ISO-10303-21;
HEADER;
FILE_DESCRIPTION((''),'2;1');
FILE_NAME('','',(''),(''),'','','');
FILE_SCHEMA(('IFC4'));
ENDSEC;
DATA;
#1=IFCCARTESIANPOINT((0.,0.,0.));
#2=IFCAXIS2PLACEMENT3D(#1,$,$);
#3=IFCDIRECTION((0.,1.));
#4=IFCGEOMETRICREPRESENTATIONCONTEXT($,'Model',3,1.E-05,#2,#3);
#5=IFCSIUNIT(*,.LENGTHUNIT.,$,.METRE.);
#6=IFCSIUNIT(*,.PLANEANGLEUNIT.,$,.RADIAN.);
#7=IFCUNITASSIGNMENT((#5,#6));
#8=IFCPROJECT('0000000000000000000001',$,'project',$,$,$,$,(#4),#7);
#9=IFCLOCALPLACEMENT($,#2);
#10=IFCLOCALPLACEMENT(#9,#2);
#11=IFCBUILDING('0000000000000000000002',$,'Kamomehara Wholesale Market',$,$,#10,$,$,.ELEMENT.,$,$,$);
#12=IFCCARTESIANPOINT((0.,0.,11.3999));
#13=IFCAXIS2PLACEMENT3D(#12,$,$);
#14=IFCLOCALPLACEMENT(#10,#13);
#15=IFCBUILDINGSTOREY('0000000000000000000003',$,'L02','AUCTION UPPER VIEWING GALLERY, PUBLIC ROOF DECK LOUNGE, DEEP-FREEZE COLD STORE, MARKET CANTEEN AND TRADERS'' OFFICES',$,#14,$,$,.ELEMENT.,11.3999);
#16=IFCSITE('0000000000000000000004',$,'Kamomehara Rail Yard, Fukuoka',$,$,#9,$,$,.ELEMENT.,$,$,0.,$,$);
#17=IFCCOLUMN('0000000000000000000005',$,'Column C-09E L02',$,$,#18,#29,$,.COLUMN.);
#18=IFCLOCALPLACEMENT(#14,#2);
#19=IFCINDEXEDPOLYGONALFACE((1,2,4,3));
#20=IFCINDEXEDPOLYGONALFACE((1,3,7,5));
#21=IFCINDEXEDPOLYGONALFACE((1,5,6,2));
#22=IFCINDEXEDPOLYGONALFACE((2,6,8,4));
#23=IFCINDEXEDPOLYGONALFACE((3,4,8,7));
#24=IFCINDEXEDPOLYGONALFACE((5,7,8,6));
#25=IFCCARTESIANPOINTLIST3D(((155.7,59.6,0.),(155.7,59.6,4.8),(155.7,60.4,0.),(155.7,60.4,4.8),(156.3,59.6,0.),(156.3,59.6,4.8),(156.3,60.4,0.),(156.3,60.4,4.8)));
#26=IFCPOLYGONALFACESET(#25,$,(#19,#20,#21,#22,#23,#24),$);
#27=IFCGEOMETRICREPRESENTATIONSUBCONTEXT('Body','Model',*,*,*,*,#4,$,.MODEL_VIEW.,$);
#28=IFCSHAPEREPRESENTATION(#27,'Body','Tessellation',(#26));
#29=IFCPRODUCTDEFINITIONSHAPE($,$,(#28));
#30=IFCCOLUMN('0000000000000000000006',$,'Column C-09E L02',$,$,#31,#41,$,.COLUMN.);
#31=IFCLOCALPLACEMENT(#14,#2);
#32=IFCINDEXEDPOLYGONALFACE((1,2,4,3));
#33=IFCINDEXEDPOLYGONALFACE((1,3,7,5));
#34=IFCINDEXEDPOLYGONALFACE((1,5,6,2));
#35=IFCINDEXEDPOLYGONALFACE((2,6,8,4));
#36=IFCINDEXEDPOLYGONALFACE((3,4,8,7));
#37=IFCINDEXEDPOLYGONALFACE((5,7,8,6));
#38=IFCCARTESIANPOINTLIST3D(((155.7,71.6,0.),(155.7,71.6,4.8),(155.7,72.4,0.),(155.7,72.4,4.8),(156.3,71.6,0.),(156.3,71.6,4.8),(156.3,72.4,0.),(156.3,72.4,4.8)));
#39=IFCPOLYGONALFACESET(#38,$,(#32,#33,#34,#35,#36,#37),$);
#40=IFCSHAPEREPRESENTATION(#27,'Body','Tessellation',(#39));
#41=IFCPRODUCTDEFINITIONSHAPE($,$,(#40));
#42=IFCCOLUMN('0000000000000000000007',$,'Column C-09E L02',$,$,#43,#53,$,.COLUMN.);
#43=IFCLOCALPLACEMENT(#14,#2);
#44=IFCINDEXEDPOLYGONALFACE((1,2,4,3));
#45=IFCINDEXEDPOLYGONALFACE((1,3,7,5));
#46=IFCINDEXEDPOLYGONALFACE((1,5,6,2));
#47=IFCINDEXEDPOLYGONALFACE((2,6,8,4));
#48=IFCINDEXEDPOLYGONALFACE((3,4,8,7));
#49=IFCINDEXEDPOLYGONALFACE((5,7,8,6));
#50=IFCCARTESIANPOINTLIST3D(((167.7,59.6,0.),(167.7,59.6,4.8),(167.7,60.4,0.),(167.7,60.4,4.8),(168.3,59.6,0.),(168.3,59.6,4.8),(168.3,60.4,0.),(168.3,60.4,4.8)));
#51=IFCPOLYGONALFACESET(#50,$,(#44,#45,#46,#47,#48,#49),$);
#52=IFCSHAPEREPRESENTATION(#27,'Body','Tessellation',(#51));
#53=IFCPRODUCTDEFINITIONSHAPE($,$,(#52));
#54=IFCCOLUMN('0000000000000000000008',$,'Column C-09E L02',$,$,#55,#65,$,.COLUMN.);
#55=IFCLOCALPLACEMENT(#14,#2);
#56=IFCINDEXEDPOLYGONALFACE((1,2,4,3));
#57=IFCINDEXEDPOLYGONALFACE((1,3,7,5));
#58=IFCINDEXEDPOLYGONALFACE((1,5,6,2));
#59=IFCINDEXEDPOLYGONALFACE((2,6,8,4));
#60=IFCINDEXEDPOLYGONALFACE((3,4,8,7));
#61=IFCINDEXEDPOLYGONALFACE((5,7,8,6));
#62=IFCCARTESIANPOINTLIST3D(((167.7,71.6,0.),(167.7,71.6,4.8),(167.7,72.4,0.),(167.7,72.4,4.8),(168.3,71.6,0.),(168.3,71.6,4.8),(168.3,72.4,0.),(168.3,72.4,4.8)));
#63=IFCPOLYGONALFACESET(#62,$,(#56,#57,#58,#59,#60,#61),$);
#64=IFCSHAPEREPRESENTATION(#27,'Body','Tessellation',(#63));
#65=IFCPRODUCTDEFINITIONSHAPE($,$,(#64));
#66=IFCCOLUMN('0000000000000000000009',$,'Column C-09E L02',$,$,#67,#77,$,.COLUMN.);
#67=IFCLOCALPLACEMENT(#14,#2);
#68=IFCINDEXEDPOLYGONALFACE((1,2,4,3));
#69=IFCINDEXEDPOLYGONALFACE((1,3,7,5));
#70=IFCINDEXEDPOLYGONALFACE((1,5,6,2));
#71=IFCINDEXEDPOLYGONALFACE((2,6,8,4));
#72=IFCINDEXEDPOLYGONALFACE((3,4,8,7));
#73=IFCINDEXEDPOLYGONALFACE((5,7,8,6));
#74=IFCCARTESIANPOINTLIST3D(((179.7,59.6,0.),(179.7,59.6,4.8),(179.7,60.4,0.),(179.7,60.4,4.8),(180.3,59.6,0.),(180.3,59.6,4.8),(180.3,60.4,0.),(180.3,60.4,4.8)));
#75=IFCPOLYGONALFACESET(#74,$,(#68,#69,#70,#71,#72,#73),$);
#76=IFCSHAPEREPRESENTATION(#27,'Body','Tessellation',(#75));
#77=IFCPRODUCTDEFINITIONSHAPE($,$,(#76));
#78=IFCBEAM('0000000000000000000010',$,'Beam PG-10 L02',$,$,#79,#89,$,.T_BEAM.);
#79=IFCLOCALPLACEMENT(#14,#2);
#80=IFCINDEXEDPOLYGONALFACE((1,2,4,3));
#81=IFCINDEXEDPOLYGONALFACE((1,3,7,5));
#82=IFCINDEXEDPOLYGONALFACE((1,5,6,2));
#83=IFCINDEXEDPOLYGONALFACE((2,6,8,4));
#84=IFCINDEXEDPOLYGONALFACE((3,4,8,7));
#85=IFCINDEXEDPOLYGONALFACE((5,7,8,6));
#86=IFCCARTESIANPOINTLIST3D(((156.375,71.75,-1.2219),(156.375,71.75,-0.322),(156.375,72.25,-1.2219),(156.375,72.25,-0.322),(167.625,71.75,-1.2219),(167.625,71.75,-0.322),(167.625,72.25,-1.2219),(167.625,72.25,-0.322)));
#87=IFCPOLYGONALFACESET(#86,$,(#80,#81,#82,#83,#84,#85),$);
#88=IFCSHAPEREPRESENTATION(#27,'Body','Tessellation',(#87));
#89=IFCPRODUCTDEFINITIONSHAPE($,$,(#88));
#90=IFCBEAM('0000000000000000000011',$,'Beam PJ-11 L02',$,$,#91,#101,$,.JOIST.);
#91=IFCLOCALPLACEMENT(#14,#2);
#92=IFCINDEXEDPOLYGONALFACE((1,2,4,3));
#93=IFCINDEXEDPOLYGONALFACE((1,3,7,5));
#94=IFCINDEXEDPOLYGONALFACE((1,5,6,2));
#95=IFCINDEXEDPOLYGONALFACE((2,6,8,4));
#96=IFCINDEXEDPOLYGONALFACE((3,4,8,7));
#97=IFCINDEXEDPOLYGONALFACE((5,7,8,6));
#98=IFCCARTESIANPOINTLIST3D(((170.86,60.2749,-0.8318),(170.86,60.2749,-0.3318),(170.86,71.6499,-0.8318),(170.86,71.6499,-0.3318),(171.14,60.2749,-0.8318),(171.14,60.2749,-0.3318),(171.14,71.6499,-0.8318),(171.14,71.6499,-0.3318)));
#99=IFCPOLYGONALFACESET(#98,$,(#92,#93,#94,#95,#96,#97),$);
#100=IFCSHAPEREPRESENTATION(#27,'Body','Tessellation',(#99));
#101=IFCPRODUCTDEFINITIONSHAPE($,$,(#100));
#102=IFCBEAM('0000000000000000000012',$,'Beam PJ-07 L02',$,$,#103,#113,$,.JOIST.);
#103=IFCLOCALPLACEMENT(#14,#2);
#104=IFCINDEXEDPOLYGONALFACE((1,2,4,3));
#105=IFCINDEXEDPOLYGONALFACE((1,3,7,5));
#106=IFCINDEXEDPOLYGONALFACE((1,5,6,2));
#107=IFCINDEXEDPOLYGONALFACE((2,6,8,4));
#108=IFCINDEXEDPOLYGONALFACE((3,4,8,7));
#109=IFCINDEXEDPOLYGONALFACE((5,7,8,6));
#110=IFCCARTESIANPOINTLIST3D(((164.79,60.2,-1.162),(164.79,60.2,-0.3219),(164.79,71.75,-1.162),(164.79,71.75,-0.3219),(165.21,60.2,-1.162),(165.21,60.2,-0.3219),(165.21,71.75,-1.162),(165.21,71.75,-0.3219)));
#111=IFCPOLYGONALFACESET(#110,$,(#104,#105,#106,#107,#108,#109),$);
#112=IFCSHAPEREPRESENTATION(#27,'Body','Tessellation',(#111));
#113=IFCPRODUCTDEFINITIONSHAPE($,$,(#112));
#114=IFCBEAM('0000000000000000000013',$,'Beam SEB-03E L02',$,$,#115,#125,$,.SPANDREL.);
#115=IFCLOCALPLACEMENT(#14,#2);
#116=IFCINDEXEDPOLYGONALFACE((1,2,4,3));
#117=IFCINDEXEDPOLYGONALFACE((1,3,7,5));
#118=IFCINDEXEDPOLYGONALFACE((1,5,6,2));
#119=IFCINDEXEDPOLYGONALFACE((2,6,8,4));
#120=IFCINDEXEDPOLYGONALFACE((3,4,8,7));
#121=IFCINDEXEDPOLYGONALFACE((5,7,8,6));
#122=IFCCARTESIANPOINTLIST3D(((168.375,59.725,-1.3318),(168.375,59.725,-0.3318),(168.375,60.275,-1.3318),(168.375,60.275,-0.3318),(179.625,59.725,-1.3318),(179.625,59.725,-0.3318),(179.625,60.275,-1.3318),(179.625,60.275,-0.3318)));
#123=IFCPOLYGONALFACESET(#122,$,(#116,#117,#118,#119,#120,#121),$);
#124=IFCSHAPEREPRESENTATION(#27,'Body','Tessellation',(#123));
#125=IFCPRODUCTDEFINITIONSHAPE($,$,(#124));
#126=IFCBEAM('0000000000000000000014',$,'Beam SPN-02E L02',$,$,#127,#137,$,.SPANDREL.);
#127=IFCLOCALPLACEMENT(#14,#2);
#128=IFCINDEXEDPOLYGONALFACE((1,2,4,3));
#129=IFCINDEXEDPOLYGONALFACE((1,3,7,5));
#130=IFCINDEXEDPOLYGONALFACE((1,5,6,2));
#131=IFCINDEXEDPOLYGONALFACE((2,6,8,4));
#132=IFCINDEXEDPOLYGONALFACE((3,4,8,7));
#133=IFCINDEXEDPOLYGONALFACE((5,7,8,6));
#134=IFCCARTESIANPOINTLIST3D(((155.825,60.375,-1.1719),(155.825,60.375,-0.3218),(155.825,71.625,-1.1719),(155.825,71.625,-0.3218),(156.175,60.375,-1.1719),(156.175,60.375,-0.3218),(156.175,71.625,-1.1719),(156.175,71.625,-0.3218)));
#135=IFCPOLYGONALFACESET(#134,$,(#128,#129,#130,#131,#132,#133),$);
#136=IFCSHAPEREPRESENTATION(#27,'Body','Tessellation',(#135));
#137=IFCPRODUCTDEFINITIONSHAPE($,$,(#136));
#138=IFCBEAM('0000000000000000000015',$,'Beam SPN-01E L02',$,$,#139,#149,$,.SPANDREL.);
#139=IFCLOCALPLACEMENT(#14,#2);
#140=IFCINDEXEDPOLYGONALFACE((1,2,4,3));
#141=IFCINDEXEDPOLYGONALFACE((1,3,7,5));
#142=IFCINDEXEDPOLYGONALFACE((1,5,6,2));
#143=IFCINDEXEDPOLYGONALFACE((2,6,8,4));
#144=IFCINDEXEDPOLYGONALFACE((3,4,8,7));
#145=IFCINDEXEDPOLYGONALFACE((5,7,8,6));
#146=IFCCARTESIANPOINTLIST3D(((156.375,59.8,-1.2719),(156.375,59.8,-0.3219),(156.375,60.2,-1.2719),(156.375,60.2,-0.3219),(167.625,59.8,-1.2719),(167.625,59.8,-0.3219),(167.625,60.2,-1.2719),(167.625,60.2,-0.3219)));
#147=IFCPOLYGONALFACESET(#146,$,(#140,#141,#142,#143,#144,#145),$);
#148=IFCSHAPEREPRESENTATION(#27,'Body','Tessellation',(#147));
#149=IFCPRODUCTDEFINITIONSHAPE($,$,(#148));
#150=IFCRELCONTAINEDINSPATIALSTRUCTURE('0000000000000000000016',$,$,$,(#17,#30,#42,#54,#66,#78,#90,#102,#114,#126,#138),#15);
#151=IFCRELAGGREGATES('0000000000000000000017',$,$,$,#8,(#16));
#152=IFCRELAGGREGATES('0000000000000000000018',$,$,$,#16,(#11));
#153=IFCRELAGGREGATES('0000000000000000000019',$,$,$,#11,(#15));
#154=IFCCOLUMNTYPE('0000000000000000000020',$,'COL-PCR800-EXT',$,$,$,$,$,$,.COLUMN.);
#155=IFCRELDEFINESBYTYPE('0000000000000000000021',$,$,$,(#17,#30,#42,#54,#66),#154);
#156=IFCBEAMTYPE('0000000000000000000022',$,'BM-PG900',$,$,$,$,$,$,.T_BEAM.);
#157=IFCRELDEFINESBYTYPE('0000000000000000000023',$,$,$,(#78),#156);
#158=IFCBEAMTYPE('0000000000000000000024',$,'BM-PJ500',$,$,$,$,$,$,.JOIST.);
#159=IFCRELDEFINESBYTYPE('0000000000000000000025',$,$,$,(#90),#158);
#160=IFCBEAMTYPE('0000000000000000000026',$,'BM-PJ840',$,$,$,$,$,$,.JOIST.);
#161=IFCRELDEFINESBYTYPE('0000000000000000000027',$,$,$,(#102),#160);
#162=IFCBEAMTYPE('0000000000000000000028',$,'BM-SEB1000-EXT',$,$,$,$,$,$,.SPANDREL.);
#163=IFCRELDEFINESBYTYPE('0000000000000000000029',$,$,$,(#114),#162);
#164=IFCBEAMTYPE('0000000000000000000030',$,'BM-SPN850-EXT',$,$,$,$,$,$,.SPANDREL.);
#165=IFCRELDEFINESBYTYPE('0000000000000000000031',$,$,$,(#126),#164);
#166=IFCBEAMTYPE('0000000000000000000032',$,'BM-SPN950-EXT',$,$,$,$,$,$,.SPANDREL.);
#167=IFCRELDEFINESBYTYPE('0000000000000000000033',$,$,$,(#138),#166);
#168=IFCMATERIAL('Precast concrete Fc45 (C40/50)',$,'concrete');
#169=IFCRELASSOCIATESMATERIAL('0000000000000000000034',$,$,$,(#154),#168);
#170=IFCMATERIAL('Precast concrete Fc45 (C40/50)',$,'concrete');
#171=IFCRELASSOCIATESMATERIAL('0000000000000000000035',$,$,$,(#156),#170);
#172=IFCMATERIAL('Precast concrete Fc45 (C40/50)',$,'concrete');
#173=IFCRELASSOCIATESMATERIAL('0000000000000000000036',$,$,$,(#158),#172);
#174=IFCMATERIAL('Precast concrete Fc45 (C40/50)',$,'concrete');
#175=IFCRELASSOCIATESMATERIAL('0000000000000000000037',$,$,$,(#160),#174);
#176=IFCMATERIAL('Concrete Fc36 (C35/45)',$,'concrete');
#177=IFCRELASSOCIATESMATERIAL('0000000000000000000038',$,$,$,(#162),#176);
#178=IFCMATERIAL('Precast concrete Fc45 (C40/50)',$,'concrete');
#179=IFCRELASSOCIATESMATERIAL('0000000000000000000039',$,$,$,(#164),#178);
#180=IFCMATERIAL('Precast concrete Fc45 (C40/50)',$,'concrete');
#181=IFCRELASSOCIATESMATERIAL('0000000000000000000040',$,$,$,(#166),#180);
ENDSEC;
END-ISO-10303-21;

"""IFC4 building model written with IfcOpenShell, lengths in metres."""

from ifc_helpers import new_model, si_unit, direction, frame, origin, origin_2d, place, context, subcontext, project, spatial, rectangle, extrude, material, material_profile, profile_set, type_object, element, save


model = new_model("IFC4")

# Units and contexts
model_context = context("Model", 3, precision=1e-05, world=origin(), true_north=direction((0.0, 1.0)))
body_context = subcontext(model_context, "Body", "Model", "MODEL_VIEW")
ifc_project = project(units=[si_unit("LENGTHUNIT", "METRE"), si_unit("PLANEANGLEUNIT", "RADIAN")], contexts=[model_context])

# Site, building, storey
site_placement = place(None, origin())
site = spatial("IfcSite", under=ifc_project, at=site_placement, Name="Kamomehara Rail Yard, Fukuoka", CompositionType="ELEMENT", RefElevation=0.0)
building_placement = place(site_placement, origin())
building = spatial("IfcBuilding", under=site, at=building_placement, Name="Kamomehara Wholesale Market", CompositionType="ELEMENT")
storey_placement = place(building_placement, frame((0.0, 0.0, 11.3999)))
storey = spatial("IfcBuildingStorey", under=building, at=storey_placement, Name="L02", Description="AUCTION UPPER VIEWING GALLERY, PUBLIC ROOF DECK LOUNGE, DEEP-FREEZE COLD STORE, MARKET CANTEEN AND TRADERS' OFFICES", CompositionType="ELEMENT", Elevation=11.3999)

# Columns
ifc_material_1 = material(Name="Precast concrete Fc45 (C40/50)", Category="concrete")
ifc_material_profile_1 = material_profile(ifc_material_1, rectangle(XDim=0.6001, YDim=0.8, at=origin_2d()), Name="PC-COL-600x800")
ifc_profile_set_1 = profile_set([ifc_material_profile_1], Name="Precast concrete Fc45 (C40/50)")
column_type = type_object("IfcColumnType", Name="COL-PCR800-EXT", PredefinedType="COLUMN", material=ifc_profile_set_1)
for number, where, z_axis, x_axis, name in (
    (1, (156.0, 60.0, 0.0), (0.0, 0.0, 1.0), (1.0, 0.0, 0.0), "Column C-09E L02"),
    (2, (156.0, 72.0, 0.0), (0.0, 0.0, 1.0), (1.0, 0.0, 0.0), "Column C-09E L02"),
    (3, (168.0, 60.0, 0.0), (0.0, 0.0, 1.0), (1.0, 0.0, 0.0), "Column C-09E L02"),
    (4, (168.0, 72.0, 0.0), (0.0, 0.0, 1.0), (1.0, 0.0, 0.0), "Column C-09E L02"),
    (5, (180.0, 60.0, 0.0), (0.0, 0.0, 1.0), (1.0, 0.0, 0.0), "Column C-09E L02"),
):
    element("IfcColumn", number, at=place(storey_placement, frame(where, z_axis=z_axis, x_axis=x_axis)), inside=storey, type_object=column_type, Name=name, PredefinedType="COLUMN", context=body_context, shape_type="SweptSolid", body=[
        extrude(rectangle(XDim=0.6001, YDim=0.8, at=origin_2d()), origin(), (0.0, 0.0, 1.0), 4.8),
    ])

# Beams
ifc_material_2 = material(Name="Precast concrete Fc45 (C40/50)", Category="concrete")
ifc_material_profile_2 = material_profile(ifc_material_2, rectangle(XDim=0.5, YDim=0.8999, at=origin_2d()), Name="PC-GRD-500x900")
ifc_profile_set_2 = profile_set([ifc_material_profile_2], Name="Precast concrete Fc45 (C40/50)")
beam_type_1 = type_object("IfcBeamType", Name="BM-PG900", PredefinedType="T_BEAM", material=ifc_profile_set_2)
beam_1_placement = place(storey_placement, frame((156.375, 72.0, -0.772), z_axis=(1.0, 0.0, 0.0), x_axis=(0.0, 1.0, 0.0)))
element("IfcBeam", 6, at=beam_1_placement, inside=storey, type_object=beam_type_1, Name="Beam PG-10 L02", PredefinedType="T_BEAM", context=body_context, shape_type="SweptSolid", body=[
    extrude(rectangle(XDim=0.5, YDim=0.8999, at=origin_2d()), origin(), (0.0, 0.0, 1.0), 11.25),
])
ifc_material_3 = material(Name="Precast concrete Fc45 (C40/50)", Category="concrete")
ifc_material_profile_3 = material_profile(ifc_material_3, rectangle(XDim=0.28, YDim=0.5, at=origin_2d()), Name="PC-JST-280x500")
ifc_profile_set_3 = profile_set([ifc_material_profile_3], Name="Precast concrete Fc45 (C40/50)")
beam_type_2 = type_object("IfcBeamType", Name="BM-PJ500", PredefinedType="JOIST", material=ifc_profile_set_3)
beam_2_placement = place(storey_placement, frame((171.0, 60.2749, -0.5818), z_axis=(0.0, 1.0, 0.0), x_axis=(-1.0, 0.0, 0.0)))
element("IfcBeam", 7, at=beam_2_placement, inside=storey, type_object=beam_type_2, Name="Beam PJ-11 L02", PredefinedType="JOIST", context=body_context, shape_type="SweptSolid", body=[
    extrude(rectangle(XDim=0.28, YDim=0.5, at=origin_2d()), origin(), (0.0, 0.0, 1.0), 11.375),
])
ifc_material_4 = material(Name="Precast concrete Fc45 (C40/50)", Category="concrete")
ifc_material_profile_4 = material_profile(ifc_material_4, rectangle(XDim=0.4199, YDim=0.8401, at=origin_2d()), Name="PC-JST-420x840")
ifc_profile_set_4 = profile_set([ifc_material_profile_4], Name="Precast concrete Fc45 (C40/50)")
beam_type_3 = type_object("IfcBeamType", Name="BM-PJ840", PredefinedType="JOIST", material=ifc_profile_set_4)
beam_3_placement = place(storey_placement, frame((165.0, 60.2, -0.7419), z_axis=(0.0, 1.0, 0.0), x_axis=(-1.0, 0.0, 0.0)))
element("IfcBeam", 8, at=beam_3_placement, inside=storey, type_object=beam_type_3, Name="Beam PJ-07 L02", PredefinedType="JOIST", context=body_context, shape_type="SweptSolid", body=[
    extrude(rectangle(XDim=0.4199, YDim=0.8401, at=origin_2d()), origin(), (0.0, 0.0, 1.0), 11.55),
])
ifc_material_5 = material(Name="Concrete Fc36 (C35/45)", Category="concrete")
ifc_material_profile_5 = material_profile(ifc_material_5, rectangle(XDim=0.55, YDim=1.0, at=origin_2d()), Name="RC-SEB-550x1000")
ifc_profile_set_5 = profile_set([ifc_material_profile_5], Name="Concrete Fc36 (C35/45)")
beam_type_4 = type_object("IfcBeamType", Name="BM-SEB1000-EXT", PredefinedType="SPANDREL", material=ifc_profile_set_5)
beam_4_placement = place(storey_placement, frame((168.375, 60.0, -0.8318), z_axis=(1.0, 0.0, 0.0), x_axis=(0.0, 1.0, 0.0)))
element("IfcBeam", 9, at=beam_4_placement, inside=storey, type_object=beam_type_4, Name="Beam SEB-03E L02", PredefinedType="SPANDREL", context=body_context, shape_type="SweptSolid", body=[
    extrude(rectangle(XDim=0.55, YDim=1.0, at=origin_2d()), origin(), (0.0, 0.0, 1.0), 11.25),
])
ifc_material_6 = material(Name="Precast concrete Fc45 (C40/50)", Category="concrete")
ifc_material_profile_6 = material_profile(ifc_material_6, rectangle(XDim=0.3501, YDim=0.8501, at=origin_2d()), Name="PC-SPN-350x850")
ifc_profile_set_6 = profile_set([ifc_material_profile_6], Name="Precast concrete Fc45 (C40/50)")
beam_type_5 = type_object("IfcBeamType", Name="BM-SPN850-EXT", PredefinedType="SPANDREL", material=ifc_profile_set_6)
beam_5_placement = place(storey_placement, frame((156.0, 60.375, -0.7468), z_axis=(0.0, 1.0, 0.0), x_axis=(-1.0, 0.0, 0.0)))
element("IfcBeam", 10, at=beam_5_placement, inside=storey, type_object=beam_type_5, Name="Beam SPN-02E L02", PredefinedType="SPANDREL", context=body_context, shape_type="SweptSolid", body=[
    extrude(rectangle(XDim=0.3501, YDim=0.8501, at=origin_2d()), origin(), (0.0, 0.0, 1.0), 11.25),
])
ifc_material_7 = material(Name="Precast concrete Fc45 (C40/50)", Category="concrete")
ifc_material_profile_7 = material_profile(ifc_material_7, rectangle(XDim=0.3999, YDim=0.95, at=origin_2d()), Name="PC-SPN-400x950")
ifc_profile_set_7 = profile_set([ifc_material_profile_7], Name="Precast concrete Fc45 (C40/50)")
beam_type_6 = type_object("IfcBeamType", Name="BM-SPN950-EXT", PredefinedType="SPANDREL", material=ifc_profile_set_7)
beam_6_placement = place(storey_placement, frame((156.375, 60.0, -0.7969), z_axis=(1.0, 0.0, 0.0), x_axis=(0.0, 1.0, 0.0)))
element("IfcBeam", 11, at=beam_6_placement, inside=storey, type_object=beam_type_6, Name="Beam SPN-01E L02", PredefinedType="SPANDREL", context=body_context, shape_type="SweptSolid", body=[
    extrude(rectangle(XDim=0.3999, YDim=0.95, at=origin_2d()), origin(), (0.0, 0.0, 1.0), 11.25),
])

save(model, "model.ifc")
